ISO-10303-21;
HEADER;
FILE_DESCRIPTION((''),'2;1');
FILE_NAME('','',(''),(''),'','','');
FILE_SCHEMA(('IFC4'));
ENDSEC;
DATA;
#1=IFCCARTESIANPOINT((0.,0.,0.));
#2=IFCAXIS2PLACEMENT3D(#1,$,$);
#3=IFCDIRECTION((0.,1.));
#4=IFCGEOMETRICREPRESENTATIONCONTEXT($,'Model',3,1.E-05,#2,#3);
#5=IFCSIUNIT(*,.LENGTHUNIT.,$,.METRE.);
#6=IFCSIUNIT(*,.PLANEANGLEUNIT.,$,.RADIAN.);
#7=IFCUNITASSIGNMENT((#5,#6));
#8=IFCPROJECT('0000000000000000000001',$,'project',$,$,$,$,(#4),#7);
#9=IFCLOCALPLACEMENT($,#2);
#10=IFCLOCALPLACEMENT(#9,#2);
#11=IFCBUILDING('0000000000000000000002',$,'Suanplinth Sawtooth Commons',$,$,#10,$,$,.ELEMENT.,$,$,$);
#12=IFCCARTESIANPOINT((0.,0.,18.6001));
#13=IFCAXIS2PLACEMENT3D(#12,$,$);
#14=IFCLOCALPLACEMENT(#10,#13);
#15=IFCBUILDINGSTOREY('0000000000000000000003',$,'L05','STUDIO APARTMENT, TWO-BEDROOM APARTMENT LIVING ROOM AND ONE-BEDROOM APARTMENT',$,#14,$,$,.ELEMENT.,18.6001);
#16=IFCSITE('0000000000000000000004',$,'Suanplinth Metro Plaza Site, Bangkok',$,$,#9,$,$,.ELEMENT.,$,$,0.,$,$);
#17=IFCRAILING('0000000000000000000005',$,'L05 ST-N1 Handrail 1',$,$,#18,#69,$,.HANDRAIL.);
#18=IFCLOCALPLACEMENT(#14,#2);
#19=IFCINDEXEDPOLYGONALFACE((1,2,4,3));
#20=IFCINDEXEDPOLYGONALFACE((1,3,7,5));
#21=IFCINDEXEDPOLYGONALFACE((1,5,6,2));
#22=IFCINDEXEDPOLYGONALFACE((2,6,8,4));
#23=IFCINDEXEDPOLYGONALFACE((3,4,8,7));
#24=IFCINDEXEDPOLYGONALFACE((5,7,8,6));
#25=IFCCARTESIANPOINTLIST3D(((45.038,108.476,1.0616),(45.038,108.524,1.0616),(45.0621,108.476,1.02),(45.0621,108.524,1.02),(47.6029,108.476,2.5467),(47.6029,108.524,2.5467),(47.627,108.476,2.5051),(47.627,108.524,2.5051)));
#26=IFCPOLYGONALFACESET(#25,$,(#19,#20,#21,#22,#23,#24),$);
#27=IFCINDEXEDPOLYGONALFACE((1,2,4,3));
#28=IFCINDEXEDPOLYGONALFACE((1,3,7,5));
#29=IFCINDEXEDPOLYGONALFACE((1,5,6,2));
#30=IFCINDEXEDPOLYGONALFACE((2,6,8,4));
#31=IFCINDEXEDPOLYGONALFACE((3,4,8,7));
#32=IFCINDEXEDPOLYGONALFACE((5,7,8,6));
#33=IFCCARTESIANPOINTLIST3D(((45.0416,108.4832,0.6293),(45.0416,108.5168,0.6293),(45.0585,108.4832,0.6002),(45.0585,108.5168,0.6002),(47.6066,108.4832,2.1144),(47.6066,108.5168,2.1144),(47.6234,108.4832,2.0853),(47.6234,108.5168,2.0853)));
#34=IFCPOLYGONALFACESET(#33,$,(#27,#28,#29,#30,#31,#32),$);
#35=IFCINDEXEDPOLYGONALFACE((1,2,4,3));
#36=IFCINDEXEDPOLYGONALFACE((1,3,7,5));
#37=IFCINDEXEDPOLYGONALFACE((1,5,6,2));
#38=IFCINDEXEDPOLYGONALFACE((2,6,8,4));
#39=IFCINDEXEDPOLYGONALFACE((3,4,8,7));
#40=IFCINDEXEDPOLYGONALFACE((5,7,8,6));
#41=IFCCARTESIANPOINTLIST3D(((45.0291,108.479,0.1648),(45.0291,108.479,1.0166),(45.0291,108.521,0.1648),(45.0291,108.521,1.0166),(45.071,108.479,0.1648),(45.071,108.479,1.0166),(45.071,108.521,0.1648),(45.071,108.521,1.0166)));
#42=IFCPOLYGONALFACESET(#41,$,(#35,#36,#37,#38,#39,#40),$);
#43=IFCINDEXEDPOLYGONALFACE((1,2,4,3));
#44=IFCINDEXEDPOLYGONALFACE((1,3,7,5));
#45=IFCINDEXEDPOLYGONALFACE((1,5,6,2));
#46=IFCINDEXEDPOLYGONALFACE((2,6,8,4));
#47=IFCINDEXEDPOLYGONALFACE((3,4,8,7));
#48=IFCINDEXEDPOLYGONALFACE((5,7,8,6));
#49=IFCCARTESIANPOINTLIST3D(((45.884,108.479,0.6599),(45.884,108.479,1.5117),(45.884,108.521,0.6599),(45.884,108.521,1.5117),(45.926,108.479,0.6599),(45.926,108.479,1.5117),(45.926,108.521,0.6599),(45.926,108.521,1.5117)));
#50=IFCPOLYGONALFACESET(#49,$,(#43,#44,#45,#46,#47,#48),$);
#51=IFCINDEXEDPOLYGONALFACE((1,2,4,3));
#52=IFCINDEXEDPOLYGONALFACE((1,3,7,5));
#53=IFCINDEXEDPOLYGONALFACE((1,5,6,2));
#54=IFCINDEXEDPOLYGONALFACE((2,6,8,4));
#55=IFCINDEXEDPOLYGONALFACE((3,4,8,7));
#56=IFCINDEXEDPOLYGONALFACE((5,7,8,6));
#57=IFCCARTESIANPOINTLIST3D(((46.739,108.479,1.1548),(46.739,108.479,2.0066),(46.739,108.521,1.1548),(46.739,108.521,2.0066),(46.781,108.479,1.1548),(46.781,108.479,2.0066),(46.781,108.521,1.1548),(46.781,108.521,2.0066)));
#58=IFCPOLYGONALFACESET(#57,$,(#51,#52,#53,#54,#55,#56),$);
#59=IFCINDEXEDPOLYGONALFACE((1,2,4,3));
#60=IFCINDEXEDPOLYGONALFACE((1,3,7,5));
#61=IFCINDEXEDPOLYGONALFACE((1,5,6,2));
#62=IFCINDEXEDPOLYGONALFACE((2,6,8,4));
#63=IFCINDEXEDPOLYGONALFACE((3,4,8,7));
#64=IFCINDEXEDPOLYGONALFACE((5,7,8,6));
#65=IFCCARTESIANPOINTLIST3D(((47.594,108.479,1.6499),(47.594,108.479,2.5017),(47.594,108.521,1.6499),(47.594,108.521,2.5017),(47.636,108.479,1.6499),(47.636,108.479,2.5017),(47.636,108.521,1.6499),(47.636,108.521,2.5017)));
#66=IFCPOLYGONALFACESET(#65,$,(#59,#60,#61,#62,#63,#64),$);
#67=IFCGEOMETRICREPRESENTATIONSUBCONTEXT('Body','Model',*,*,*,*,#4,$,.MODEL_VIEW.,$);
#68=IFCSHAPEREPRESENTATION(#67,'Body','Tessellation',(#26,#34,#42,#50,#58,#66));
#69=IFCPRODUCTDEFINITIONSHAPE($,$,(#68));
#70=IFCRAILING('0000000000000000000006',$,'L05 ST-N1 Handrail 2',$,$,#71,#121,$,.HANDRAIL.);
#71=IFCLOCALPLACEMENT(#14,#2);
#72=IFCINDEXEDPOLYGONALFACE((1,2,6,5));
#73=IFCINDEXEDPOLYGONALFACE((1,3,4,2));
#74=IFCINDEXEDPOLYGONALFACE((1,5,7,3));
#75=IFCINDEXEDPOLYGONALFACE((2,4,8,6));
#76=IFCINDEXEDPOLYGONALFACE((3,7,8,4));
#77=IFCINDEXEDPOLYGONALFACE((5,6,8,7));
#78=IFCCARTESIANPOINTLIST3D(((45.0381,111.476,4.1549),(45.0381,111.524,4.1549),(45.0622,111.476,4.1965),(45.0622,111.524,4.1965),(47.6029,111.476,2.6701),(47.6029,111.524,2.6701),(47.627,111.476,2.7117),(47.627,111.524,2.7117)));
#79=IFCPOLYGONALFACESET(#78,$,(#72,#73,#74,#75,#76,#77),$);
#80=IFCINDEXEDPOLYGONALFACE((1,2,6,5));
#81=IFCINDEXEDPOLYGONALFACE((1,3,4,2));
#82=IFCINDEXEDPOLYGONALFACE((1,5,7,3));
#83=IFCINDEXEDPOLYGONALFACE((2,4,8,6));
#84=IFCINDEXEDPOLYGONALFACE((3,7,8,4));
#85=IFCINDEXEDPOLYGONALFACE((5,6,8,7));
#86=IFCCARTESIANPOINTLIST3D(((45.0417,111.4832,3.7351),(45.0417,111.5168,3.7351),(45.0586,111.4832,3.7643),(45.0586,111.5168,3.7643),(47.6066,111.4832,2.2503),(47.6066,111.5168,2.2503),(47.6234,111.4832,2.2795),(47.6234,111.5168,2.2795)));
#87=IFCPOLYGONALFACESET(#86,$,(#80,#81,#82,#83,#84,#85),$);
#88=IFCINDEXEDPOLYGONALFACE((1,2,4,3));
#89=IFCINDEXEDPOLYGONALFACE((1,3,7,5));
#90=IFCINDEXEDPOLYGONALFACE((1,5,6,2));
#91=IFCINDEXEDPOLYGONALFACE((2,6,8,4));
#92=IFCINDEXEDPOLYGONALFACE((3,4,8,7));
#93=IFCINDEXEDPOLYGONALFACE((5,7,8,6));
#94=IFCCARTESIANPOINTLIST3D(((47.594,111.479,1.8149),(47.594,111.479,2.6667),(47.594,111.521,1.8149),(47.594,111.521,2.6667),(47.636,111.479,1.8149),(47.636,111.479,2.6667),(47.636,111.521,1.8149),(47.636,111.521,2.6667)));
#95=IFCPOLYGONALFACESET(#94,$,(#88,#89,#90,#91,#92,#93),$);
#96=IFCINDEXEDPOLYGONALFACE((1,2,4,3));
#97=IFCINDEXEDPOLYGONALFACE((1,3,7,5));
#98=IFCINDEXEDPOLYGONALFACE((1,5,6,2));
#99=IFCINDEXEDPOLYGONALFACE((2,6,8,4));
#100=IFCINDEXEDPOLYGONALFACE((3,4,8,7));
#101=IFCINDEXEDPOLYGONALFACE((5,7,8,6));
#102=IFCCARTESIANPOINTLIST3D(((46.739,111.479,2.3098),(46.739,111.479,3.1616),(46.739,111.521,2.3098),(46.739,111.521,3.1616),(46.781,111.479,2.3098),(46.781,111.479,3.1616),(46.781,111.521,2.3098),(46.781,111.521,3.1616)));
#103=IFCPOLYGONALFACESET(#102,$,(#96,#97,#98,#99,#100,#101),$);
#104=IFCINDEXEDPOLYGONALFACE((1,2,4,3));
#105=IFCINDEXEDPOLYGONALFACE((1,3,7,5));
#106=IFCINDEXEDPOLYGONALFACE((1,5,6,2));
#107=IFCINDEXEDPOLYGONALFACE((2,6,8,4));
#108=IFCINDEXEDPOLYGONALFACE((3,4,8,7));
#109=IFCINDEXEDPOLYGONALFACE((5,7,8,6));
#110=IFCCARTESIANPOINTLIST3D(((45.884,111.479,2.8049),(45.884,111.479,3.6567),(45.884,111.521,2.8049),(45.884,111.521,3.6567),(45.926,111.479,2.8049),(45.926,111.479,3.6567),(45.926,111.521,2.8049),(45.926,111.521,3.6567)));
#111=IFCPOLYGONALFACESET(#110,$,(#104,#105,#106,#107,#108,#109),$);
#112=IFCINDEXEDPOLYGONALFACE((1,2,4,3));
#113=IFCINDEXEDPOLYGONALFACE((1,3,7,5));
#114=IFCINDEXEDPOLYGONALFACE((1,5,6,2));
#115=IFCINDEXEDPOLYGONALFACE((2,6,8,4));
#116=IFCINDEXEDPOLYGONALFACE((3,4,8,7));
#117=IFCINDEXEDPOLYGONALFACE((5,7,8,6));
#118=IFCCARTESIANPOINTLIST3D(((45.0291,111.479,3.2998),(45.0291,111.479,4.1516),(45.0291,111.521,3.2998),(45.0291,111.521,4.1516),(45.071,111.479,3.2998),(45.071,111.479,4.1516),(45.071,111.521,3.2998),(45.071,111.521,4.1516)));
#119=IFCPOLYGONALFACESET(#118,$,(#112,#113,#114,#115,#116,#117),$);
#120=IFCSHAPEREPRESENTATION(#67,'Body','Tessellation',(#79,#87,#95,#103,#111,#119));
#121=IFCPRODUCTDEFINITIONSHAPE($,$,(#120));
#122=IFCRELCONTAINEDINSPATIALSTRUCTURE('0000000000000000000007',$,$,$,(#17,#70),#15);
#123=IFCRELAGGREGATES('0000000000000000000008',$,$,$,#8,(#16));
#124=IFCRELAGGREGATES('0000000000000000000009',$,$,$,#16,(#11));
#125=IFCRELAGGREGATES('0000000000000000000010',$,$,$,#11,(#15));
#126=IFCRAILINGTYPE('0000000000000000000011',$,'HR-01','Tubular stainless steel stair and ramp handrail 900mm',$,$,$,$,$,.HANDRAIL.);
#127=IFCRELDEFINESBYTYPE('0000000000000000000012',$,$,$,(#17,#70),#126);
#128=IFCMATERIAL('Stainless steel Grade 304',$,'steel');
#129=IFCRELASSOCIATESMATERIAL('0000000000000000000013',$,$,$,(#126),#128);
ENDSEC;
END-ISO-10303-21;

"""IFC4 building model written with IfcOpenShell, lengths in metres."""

from ifc_helpers import new_model, si_unit, direction, frame, origin, origin_2d, place, context, subcontext, project, spatial, rectangle, extrude, material, type_object, element, save


model = new_model("IFC4")

# Units and contexts
model_context = context("Model", 3, precision=1e-05, world=origin(), true_north=direction((0.0, 1.0)))
body_context = subcontext(model_context, "Body", "Model", "MODEL_VIEW")
ifc_project = project(units=[si_unit("LENGTHUNIT", "METRE"), si_unit("PLANEANGLEUNIT", "RADIAN")], contexts=[model_context])

# Site, building, storey
site_placement = place(None, origin())
site = spatial("IfcSite", under=ifc_project, at=site_placement, Name="Suanplinth Metro Plaza Site, Bangkok", CompositionType="ELEMENT", RefElevation=0.0)
building_placement = place(site_placement, origin())
building = spatial("IfcBuilding", under=site, at=building_placement, Name="Suanplinth Sawtooth Commons", CompositionType="ELEMENT")
storey_placement = place(building_placement, frame((0.0, 0.0, 18.6001)))
storey = spatial("IfcBuildingStorey", under=building, at=storey_placement, Name="L05", Description="STUDIO APARTMENT, TWO-BEDROOM APARTMENT LIVING ROOM AND ONE-BEDROOM APARTMENT", CompositionType="ELEMENT", Elevation=18.6001)

# Shared definitions
ifc_material_1 = material(Name="Stainless steel Grade 304", Category="steel")

# Railings
railing_type_1 = type_object("IfcRailingType", Name="HR-01", Description="Tubular stainless steel stair and ramp handrail 900mm", PredefinedType="HANDRAIL", material=ifc_material_1)
railing_1_placement = place(storey_placement, frame((45.05, 108.5, 0.1648)))
element("IfcRailing", 1, at=railing_1_placement, inside=storey, type_object=railing_type_1, Name="L05 ST-N1 Handrail 1", PredefinedType="HANDRAIL", context=body_context, shape_type="SweptSolid", body=[
    extrude(rectangle(XDim=0.0481, YDim=0.0481, at=origin_2d()), frame((0.0, 0.0, 0.876), z_axis=(0.865406, 0.0, 0.501072), x_axis=(0.0, 1.0, 0.0)), (0.0, 0.0, 1.0), 2.9639),
    extrude(rectangle(XDim=0.0337, YDim=0.0337, at=origin_2d()), frame((0.0, 0.0, 0.45), z_axis=(0.865406, 0.0, 0.501072), x_axis=(0.0, 1.0, 0.0)), (0.0, 0.0, 1.0), 2.9639),
    extrude(rectangle(XDim=0.042, YDim=0.042, at=origin_2d()), origin(), (0.0, 0.0, 1.0), 0.8518),
    extrude(rectangle(XDim=0.042, YDim=0.042, at=origin_2d()), frame((0.855, 0.0, 0.4951)), (0.0, 0.0, 1.0), 0.8518),
    extrude(rectangle(XDim=0.042, YDim=0.042, at=origin_2d()), frame((1.71, 0.0, 0.99)), (0.0, 0.0, 1.0), 0.8518),
    extrude(rectangle(XDim=0.042, YDim=0.042, at=origin_2d()), frame((2.5649, 0.0, 1.4851)), (0.0, 0.0, 1.0), 0.8518),
])
railing_2_placement = place(storey_placement, frame((47.615, 111.5, 1.8149)))
element("IfcRailing", 2, at=railing_2_placement, inside=storey, type_object=railing_type_1, Name="L05 ST-N1 Handrail 2", PredefinedType="HANDRAIL", context=body_context, shape_type="SweptSolid", body=[
    extrude(rectangle(XDim=0.0481, YDim=0.0481, at=origin_2d()), frame((0.0, 0.0, 0.876), z_axis=(-0.865441, 0.0, 0.50101), x_axis=(0.0, -1.0, 0.0)), (0.0, 0.0, 1.0), 2.9636),
    extrude(rectangle(XDim=0.0337, YDim=0.0337, at=origin_2d()), frame((0.0, 0.0, 0.45), z_axis=(-0.865441, 0.0, 0.50101), x_axis=(0.0, -1.0, 0.0)), (0.0, 0.0, 1.0), 2.9636),
    extrude(rectangle(XDim=0.042, YDim=0.042, at=origin_2d()), origin(), (0.0, 0.0, 1.0), 0.8518),
    extrude(rectangle(XDim=0.042, YDim=0.042, at=origin_2d()), frame((-0.855, 0.0, 0.4949)), (0.0, 0.0, 1.0), 0.8518),
    extrude(rectangle(XDim=0.042, YDim=0.042, at=origin_2d()), frame((-1.71, 0.0, 0.99)), (0.0, 0.0, 1.0), 0.8518),
    extrude(rectangle(XDim=0.042, YDim=0.042, at=origin_2d()), frame((-2.5649, 0.0, 1.4849)), (0.0, 0.0, 1.0), 0.8518),
])

save(model, "model.ifc")
